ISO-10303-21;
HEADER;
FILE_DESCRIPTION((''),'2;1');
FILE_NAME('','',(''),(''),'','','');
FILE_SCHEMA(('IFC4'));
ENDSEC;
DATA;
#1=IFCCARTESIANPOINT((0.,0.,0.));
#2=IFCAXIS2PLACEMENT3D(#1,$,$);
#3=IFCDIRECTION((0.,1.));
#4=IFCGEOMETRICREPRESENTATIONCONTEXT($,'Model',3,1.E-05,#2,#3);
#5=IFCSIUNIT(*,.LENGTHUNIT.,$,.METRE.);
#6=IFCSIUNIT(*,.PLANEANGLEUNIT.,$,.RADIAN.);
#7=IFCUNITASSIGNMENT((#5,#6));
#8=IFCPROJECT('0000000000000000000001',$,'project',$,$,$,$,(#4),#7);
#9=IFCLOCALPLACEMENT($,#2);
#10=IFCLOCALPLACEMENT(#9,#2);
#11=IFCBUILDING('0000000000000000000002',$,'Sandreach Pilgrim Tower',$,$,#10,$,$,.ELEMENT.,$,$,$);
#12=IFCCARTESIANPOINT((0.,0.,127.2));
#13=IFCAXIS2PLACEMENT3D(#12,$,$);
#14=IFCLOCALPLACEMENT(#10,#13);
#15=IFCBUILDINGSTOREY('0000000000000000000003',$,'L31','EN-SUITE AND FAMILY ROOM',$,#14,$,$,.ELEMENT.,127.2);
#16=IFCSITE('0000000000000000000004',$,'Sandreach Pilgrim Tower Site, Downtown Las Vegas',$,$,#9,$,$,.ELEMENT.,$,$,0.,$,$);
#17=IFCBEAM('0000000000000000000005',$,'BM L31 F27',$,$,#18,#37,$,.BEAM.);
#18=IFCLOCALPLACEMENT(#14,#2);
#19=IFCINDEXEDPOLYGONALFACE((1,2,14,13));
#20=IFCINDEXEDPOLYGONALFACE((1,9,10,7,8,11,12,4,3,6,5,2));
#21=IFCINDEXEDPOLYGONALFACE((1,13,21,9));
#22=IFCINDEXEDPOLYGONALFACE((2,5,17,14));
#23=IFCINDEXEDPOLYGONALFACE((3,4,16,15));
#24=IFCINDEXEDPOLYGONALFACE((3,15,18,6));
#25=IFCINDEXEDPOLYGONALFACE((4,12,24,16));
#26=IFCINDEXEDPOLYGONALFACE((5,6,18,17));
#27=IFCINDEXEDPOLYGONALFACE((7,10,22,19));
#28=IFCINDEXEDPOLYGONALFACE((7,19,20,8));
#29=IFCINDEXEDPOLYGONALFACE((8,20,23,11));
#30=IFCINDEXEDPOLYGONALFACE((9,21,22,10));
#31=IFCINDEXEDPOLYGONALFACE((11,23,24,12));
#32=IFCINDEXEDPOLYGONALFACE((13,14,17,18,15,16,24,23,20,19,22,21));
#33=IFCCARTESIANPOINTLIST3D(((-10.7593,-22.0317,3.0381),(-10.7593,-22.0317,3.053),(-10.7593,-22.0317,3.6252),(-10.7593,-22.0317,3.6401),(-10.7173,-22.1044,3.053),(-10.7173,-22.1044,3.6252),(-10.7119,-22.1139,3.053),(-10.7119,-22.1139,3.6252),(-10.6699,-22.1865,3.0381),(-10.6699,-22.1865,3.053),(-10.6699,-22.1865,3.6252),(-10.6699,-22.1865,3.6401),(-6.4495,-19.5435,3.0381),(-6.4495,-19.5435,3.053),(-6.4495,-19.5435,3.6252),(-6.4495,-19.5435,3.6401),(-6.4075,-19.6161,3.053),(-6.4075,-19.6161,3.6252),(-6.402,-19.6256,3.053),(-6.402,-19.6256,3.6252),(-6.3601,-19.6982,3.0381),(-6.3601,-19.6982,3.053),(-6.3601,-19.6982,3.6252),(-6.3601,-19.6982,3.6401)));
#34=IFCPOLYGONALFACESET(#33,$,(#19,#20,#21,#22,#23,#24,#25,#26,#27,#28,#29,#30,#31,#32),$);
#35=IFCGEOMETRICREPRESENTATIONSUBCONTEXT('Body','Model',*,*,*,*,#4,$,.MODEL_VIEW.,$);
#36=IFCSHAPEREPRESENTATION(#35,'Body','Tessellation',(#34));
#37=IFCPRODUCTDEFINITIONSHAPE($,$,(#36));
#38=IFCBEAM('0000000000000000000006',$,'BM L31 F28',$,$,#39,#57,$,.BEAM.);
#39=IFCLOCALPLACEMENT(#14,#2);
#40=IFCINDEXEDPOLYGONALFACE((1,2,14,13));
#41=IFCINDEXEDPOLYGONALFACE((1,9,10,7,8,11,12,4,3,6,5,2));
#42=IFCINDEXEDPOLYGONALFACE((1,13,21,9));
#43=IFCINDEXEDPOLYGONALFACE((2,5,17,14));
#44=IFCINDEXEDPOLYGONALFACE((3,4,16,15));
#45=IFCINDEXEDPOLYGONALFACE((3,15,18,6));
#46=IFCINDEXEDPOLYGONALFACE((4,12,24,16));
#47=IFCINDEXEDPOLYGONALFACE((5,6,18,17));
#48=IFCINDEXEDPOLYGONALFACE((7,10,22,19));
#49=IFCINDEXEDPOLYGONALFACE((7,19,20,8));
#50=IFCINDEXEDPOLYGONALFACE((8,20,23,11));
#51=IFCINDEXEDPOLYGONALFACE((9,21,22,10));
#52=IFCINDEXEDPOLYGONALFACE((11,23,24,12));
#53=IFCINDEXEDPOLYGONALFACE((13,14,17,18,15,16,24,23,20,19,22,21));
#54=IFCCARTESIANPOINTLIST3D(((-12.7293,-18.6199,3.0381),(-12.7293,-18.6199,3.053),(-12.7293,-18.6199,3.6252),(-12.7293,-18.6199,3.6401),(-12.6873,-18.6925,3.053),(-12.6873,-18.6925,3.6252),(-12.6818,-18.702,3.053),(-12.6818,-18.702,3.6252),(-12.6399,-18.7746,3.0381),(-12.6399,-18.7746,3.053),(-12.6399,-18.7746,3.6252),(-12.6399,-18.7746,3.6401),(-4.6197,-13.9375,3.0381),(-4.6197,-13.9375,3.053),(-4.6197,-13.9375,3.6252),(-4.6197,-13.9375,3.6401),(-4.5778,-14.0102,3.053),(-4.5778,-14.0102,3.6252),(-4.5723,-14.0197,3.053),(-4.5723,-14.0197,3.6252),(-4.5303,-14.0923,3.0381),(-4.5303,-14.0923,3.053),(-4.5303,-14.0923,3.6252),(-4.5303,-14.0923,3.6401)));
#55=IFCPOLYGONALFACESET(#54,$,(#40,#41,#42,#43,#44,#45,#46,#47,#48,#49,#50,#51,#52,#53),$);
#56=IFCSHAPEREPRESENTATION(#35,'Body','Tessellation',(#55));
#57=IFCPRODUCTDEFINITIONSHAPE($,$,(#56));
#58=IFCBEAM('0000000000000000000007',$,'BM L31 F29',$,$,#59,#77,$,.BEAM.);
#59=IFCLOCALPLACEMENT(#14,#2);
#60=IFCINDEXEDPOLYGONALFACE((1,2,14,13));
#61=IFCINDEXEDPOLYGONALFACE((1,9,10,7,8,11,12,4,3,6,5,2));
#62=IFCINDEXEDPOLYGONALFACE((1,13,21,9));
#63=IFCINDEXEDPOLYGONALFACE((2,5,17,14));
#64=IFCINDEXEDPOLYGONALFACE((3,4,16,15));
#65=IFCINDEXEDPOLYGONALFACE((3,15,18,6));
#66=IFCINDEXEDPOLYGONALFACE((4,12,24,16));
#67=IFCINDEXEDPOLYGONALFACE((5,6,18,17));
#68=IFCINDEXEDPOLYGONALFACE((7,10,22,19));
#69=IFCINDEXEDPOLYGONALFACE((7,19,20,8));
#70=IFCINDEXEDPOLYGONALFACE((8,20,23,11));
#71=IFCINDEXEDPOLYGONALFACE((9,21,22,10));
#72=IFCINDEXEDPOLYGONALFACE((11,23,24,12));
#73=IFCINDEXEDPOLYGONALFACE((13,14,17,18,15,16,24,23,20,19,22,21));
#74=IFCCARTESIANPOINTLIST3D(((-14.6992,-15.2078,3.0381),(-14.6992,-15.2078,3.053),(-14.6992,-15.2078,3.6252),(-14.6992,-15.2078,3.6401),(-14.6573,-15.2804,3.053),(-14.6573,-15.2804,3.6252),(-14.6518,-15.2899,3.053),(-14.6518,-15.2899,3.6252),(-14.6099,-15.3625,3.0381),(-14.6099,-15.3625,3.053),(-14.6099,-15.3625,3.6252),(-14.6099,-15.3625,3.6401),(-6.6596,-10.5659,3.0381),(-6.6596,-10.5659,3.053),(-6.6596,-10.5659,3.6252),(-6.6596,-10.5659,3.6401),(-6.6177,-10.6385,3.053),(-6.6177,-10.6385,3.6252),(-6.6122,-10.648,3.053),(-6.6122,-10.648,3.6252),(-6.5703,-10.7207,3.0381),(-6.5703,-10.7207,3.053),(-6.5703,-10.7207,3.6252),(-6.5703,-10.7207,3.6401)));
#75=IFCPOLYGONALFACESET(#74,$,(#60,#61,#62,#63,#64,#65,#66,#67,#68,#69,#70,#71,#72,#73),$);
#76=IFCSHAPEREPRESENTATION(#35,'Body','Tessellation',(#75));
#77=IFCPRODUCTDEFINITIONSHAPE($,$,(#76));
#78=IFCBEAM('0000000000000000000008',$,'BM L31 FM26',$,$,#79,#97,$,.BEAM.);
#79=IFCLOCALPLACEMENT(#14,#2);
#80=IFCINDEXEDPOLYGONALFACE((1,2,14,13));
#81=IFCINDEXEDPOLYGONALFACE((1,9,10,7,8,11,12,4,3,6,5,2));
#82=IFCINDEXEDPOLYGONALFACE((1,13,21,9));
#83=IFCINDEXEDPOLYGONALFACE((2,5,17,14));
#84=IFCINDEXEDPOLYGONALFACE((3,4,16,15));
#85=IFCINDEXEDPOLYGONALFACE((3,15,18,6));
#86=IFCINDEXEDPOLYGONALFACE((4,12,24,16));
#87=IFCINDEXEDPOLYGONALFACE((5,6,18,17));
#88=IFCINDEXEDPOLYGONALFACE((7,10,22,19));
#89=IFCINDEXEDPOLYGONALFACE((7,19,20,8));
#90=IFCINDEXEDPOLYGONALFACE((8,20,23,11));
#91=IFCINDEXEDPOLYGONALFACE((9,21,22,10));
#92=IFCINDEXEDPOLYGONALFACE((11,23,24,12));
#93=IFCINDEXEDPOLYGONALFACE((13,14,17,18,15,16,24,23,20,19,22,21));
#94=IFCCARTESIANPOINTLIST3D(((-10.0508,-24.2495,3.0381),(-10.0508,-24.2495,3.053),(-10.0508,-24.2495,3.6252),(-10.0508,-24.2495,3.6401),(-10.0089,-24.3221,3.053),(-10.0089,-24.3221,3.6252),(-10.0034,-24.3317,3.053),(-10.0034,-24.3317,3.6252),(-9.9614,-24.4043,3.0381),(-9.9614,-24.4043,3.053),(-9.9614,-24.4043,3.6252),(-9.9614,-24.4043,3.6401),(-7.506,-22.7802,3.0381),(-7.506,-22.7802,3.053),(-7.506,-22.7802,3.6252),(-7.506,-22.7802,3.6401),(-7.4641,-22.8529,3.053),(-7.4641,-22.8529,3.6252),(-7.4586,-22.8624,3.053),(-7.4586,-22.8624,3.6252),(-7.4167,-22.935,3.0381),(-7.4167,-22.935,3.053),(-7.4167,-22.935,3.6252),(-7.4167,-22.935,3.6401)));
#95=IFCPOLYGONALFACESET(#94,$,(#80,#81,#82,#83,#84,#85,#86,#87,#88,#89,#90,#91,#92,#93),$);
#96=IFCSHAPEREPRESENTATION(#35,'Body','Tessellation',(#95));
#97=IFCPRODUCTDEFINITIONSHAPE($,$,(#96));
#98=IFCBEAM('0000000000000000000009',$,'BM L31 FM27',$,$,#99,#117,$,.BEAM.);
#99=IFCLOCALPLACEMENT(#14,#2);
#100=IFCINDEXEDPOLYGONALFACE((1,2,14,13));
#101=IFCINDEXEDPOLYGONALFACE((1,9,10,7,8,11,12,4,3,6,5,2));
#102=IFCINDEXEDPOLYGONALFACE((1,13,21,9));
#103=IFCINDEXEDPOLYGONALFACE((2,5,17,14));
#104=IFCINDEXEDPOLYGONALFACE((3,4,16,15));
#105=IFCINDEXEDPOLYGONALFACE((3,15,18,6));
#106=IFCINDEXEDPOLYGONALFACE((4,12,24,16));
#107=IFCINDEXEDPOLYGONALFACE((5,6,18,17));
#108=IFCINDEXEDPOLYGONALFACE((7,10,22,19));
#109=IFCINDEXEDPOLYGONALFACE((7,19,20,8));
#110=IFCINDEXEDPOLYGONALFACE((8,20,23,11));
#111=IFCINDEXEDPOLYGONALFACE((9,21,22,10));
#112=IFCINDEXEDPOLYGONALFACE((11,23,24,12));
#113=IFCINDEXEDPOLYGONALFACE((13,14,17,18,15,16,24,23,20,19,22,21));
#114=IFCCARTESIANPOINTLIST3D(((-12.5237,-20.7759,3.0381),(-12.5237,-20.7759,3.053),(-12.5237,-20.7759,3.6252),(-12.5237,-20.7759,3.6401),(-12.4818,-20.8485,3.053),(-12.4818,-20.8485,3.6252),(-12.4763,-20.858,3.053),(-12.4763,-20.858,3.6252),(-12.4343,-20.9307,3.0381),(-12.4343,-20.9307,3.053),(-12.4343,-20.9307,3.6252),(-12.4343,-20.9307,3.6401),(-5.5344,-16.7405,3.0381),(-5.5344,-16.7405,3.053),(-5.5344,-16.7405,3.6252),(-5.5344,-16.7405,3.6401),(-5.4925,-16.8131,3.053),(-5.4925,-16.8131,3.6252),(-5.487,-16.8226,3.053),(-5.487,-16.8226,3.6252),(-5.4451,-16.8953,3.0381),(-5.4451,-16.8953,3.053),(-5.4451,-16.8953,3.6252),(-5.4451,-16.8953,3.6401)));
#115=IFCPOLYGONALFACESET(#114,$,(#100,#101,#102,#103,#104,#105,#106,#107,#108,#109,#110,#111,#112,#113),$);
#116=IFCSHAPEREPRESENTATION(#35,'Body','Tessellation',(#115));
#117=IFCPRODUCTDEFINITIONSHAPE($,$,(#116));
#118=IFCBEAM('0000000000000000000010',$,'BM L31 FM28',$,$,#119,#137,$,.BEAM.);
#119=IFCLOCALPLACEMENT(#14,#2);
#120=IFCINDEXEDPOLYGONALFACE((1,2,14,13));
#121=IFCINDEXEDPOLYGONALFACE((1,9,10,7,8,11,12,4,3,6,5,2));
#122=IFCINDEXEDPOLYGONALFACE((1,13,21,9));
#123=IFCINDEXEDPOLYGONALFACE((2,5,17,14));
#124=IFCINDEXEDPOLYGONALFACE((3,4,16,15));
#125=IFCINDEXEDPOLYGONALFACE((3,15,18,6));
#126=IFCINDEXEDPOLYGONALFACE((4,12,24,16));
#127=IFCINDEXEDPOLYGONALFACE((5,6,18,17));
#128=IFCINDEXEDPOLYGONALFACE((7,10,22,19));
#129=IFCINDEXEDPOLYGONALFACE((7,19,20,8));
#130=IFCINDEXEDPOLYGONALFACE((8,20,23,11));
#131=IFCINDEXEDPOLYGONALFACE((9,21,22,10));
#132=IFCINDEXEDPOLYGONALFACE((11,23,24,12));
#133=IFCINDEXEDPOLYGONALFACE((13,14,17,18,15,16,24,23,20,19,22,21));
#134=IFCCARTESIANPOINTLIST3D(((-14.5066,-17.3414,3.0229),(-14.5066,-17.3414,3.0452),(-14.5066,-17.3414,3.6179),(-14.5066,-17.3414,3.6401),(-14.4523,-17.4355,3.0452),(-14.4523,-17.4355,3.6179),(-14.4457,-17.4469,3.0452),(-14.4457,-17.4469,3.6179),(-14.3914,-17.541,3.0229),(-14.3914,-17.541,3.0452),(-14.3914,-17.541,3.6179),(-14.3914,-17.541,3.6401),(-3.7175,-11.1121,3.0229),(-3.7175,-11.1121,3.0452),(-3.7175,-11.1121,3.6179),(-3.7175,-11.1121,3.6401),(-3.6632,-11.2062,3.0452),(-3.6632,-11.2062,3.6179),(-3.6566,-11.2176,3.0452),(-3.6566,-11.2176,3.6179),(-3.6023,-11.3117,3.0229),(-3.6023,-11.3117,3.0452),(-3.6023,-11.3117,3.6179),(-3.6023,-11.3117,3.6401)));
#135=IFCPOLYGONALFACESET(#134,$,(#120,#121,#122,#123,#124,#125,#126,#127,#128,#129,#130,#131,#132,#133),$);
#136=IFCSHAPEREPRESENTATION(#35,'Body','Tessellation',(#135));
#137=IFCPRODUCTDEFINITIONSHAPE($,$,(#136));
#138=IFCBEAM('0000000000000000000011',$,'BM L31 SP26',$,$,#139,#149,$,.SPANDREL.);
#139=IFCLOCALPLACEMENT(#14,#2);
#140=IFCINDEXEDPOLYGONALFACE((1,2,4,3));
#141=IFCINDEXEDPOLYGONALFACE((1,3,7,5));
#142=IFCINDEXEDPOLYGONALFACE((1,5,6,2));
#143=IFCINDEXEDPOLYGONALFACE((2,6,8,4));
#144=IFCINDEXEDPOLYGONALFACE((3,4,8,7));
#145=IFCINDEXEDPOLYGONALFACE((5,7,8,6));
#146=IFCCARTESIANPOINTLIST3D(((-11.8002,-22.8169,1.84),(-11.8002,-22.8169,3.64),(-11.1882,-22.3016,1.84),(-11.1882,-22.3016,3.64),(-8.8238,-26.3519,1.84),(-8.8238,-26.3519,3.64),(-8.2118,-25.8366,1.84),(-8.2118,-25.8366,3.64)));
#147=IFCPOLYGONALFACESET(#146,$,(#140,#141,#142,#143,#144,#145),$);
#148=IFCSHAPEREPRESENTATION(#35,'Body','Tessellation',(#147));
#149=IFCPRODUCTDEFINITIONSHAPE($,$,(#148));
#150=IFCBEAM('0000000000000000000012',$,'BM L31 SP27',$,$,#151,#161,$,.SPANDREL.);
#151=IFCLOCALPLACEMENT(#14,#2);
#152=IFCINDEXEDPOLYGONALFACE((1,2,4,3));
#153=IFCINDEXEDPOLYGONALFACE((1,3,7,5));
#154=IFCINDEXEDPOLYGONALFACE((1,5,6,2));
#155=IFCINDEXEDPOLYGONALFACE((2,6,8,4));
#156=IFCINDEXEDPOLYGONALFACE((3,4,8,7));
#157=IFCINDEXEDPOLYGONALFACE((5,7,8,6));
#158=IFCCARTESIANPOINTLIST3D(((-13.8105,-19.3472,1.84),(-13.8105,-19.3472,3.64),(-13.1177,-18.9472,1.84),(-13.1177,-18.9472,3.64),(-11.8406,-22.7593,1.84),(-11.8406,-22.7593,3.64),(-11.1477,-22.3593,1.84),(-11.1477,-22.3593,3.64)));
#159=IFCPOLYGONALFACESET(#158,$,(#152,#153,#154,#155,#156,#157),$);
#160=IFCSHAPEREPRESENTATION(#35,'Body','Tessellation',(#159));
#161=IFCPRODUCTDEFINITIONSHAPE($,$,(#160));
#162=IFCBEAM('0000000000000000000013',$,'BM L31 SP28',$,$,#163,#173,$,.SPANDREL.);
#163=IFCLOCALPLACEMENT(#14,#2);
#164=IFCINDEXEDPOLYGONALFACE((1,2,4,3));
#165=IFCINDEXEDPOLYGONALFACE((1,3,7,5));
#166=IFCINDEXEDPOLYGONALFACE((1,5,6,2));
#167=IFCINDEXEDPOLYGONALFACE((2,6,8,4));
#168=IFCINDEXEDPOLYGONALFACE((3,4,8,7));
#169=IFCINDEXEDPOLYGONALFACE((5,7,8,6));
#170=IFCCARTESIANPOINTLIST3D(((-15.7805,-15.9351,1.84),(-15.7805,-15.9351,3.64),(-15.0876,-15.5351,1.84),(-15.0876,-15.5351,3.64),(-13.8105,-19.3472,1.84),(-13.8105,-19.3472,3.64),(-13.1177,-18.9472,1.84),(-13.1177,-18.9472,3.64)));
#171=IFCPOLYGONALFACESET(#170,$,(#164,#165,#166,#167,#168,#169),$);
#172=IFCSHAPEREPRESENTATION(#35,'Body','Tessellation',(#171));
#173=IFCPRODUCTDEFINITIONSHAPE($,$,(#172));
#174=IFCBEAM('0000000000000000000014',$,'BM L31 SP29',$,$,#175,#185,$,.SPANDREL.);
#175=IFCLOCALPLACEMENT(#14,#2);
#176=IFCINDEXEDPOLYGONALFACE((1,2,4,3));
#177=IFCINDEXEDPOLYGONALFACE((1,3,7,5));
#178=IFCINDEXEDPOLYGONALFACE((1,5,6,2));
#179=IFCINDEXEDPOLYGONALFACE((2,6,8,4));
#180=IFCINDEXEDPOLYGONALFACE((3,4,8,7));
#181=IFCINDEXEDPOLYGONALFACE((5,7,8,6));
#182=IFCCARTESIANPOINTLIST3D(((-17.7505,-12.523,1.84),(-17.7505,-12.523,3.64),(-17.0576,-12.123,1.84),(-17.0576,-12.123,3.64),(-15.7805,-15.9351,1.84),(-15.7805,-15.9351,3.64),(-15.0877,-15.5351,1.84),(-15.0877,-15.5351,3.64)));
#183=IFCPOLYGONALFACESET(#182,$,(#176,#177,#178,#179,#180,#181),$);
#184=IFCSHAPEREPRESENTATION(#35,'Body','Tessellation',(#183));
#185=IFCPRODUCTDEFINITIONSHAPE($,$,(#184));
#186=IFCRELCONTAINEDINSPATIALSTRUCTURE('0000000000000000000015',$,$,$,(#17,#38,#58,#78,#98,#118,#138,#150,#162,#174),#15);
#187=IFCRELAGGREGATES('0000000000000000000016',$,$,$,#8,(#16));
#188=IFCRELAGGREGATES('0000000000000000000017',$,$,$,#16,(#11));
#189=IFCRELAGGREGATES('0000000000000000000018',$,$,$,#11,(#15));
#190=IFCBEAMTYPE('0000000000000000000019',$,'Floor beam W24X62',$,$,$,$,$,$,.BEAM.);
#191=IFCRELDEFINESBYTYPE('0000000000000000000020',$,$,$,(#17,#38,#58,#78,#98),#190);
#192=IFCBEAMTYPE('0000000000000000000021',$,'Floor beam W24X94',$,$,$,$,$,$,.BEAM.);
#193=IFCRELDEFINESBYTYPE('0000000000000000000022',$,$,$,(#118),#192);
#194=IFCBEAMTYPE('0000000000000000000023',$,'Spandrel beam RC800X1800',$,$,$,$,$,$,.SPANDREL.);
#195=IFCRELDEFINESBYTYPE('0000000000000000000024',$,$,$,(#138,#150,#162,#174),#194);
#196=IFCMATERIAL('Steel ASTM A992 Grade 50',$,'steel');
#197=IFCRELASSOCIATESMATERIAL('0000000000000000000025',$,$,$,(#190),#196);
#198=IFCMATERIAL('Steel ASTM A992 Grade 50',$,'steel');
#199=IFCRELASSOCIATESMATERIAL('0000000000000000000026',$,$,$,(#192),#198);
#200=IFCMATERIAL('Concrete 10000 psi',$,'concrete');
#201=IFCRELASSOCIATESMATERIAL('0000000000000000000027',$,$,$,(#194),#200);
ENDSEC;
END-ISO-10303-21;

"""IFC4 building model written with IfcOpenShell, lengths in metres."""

from ifc_helpers import new_model, si_unit, direction, frame, origin, origin_2d, place, context, subcontext, project, spatial, rectangle, i_section, extrude, material, material_profile, profile_set, type_object, element, save


model = new_model("IFC4")

# Units and contexts
model_context = context("Model", 3, precision=1e-05, world=origin(), true_north=direction((0.0, 1.0)))
body_context = subcontext(model_context, "Body", "Model", "MODEL_VIEW")
ifc_project = project(units=[si_unit("LENGTHUNIT", "METRE"), si_unit("PLANEANGLEUNIT", "RADIAN")], contexts=[model_context])

# Site, building, storey
site_placement = place(None, origin())
site = spatial("IfcSite", under=ifc_project, at=site_placement, Name="Sandreach Pilgrim Tower Site, Downtown Las Vegas", CompositionType="ELEMENT", RefElevation=0.0)
building_placement = place(site_placement, origin())
building = spatial("IfcBuilding", under=site, at=building_placement, Name="Sandreach Pilgrim Tower", CompositionType="ELEMENT")
storey_placement = place(building_placement, frame((0.0, 0.0, 127.2)))
storey = spatial("IfcBuildingStorey", under=building, at=storey_placement, Name="L31", Description="EN-SUITE AND FAMILY ROOM", CompositionType="ELEMENT", Elevation=127.2)

# Beams
ifc_material_1 = material(Name="Steel ASTM A992 Grade 50", Category="steel")
ifc_material_profile_1 = material_profile(ifc_material_1, i_section(OverallWidth=0.1787, OverallDepth=0.6021, WebThickness=0.011, FlangeThickness=0.0149, at=origin_2d()), Name="W24X62")
ifc_profile_set_1 = profile_set([ifc_material_profile_1], Name="Steel ASTM A992 Grade 50")
beam_type_1 = type_object("IfcBeamType", Name="Floor beam W24X62", PredefinedType="BEAM", material=ifc_profile_set_1)
beam_1_placement = place(storey_placement, frame((-10.7146, -22.1091, 3.3391), z_axis=(0.866025, 0.500001, 0.0), x_axis=(-0.500001, 0.866025, 0.0)))
element("IfcBeam", 1, at=beam_1_placement, inside=storey, type_object=beam_type_1, Name="BM L31 F27", PredefinedType="BEAM", context=body_context, shape_type="SweptSolid", body=[
    extrude(i_section(OverallWidth=0.1787, OverallDepth=0.6021, WebThickness=0.011, FlangeThickness=0.0149, at=origin_2d()), origin(), (0.0, 0.0, 1.0), 4.9766),
])
beam_2_placement = place(storey_placement, frame((-12.6846, -18.6973, 3.3391), z_axis=(0.866012, 0.500023, 0.0), x_axis=(-0.500023, 0.866012, 0.0)))
element("IfcBeam", 2, at=beam_2_placement, inside=storey, type_object=beam_type_1, Name="BM L31 F28", PredefinedType="BEAM", context=body_context, shape_type="SweptSolid", body=[
    extrude(i_section(OverallWidth=0.1787, OverallDepth=0.6021, WebThickness=0.011, FlangeThickness=0.0149, at=origin_2d()), origin(), (0.0, 0.0, 1.0), 9.3643),
])
beam_3_placement = place(storey_placement, frame((-14.6545, -15.2852, 3.3391), z_axis=(0.866016, 0.500017, 0.0), x_axis=(-0.500017, 0.866016, 0.0)))
element("IfcBeam", 3, at=beam_3_placement, inside=storey, type_object=beam_type_1, Name="BM L31 F29", PredefinedType="BEAM", context=body_context, shape_type="SweptSolid", body=[
    extrude(i_section(OverallWidth=0.1787, OverallDepth=0.6021, WebThickness=0.011, FlangeThickness=0.0149, at=origin_2d()), origin(), (0.0, 0.0, 1.0), 9.2834),
])
beam_4_placement = place(storey_placement, frame((-10.0061, -24.3269, 3.3391), z_axis=(0.866015, 0.500017, 0.0), x_axis=(-0.500017, 0.866015, 0.0)))
element("IfcBeam", 4, at=beam_4_placement, inside=storey, type_object=beam_type_1, Name="BM L31 FM26", PredefinedType="BEAM", context=body_context, shape_type="SweptSolid", body=[
    extrude(i_section(OverallWidth=0.1787, OverallDepth=0.6021, WebThickness=0.011, FlangeThickness=0.0149, at=origin_2d()), origin(), (0.0, 0.0, 1.0), 2.9385),
])
beam_5_placement = place(storey_placement, frame((-12.479, -20.8533, 3.3391), z_axis=(0.866017, 0.500014, 0.0), x_axis=(-0.500014, 0.866017, 0.0)))
element("IfcBeam", 5, at=beam_5_placement, inside=storey, type_object=beam_type_1, Name="BM L31 FM27", PredefinedType="BEAM", context=body_context, shape_type="SweptSolid", body=[
    extrude(i_section(OverallWidth=0.1787, OverallDepth=0.6021, WebThickness=0.011, FlangeThickness=0.0149, at=origin_2d()), origin(), (0.0, 0.0, 1.0), 8.0706),
])
ifc_material_2 = material(Name="Steel ASTM A992 Grade 50", Category="steel")
ifc_material_profile_2 = material_profile(ifc_material_2, i_section(OverallWidth=0.2305, OverallDepth=0.6172, WebThickness=0.0132, FlangeThickness=0.0222, at=origin_2d()), Name="W24X94")
ifc_profile_set_2 = profile_set([ifc_material_profile_2], Name="Steel ASTM A992 Grade 50")
beam_type_2 = type_object("IfcBeamType", Name="Floor beam W24X94", PredefinedType="BEAM", material=ifc_profile_set_2)
beam_6_placement = place(storey_placement, frame((-14.449, -17.4412, 3.3315), z_axis=(0.866019, 0.500011, 0.0), x_axis=(-0.500011, 0.866019, 0.0)))
element("IfcBeam", 6, at=beam_6_placement, inside=storey, type_object=beam_type_2, Name="BM L31 FM28", PredefinedType="BEAM", context=body_context, shape_type="SweptSolid", body=[
    extrude(i_section(OverallWidth=0.2305, OverallDepth=0.6172, WebThickness=0.0132, FlangeThickness=0.0222, at=origin_2d()), origin(), (0.0, 0.0, 1.0), 12.4583),
])
ifc_material_3 = material(Name="Concrete 10000 psi", Category="concrete")
ifc_material_profile_3 = material_profile(ifc_material_3, rectangle(XDim=0.8, YDim=1.8, at=origin_2d()), Name="RC800X1800")
ifc_profile_set_3 = profile_set([ifc_material_profile_3], Name="Concrete 10000 psi")
beam_type_3 = type_object("IfcBeamType", Name="Spandrel beam RC800X1800", PredefinedType="SPANDREL", material=ifc_profile_set_3)
beam_7_placement = place(storey_placement, frame((-8.5178, -26.0942, 2.74), z_axis=(-0.644079, 0.764959, 0.0), x_axis=(-0.764959, -0.644079, 0.0)))
element("IfcBeam", 7, at=beam_7_placement, inside=storey, type_object=beam_type_3, Name="BM L31 SP26", PredefinedType="SPANDREL", context=body_context, shape_type="SweptSolid", body=[
    extrude(rectangle(XDim=0.8, YDim=1.8, at=origin_2d()), origin(), (0.0, 0.0, 1.0), 4.6211),
])
for number, where, z_axis, x_axis, name in (
    (8, (-11.4941, -22.5593, 2.74), (-0.499998, 0.866027, 0.0), (-0.866027, -0.499998, 0.0), "BM L31 SP27"),
    (9, (-13.4641, -19.1472, 2.74), (-0.499998, 0.866027, 0.0), (-0.866027, -0.499998, 0.0), "BM L31 SP28"),
    (10, (-15.4341, -15.7351, 2.74), (-0.499998, 0.866027, 0.0), (-0.866027, -0.499998, 0.0), "BM L31 SP29"),
):
    element("IfcBeam", number, at=place(storey_placement, frame(where, z_axis=z_axis, x_axis=x_axis)), inside=storey, type_object=beam_type_3, Name=name, PredefinedType="SPANDREL", context=body_context, shape_type="SweptSolid", body=[
        extrude(rectangle(XDim=0.8, YDim=1.8, at=origin_2d()), origin(), (0.0, 0.0, 1.0), 3.9399),
    ])

save(model, "model.ifc")
